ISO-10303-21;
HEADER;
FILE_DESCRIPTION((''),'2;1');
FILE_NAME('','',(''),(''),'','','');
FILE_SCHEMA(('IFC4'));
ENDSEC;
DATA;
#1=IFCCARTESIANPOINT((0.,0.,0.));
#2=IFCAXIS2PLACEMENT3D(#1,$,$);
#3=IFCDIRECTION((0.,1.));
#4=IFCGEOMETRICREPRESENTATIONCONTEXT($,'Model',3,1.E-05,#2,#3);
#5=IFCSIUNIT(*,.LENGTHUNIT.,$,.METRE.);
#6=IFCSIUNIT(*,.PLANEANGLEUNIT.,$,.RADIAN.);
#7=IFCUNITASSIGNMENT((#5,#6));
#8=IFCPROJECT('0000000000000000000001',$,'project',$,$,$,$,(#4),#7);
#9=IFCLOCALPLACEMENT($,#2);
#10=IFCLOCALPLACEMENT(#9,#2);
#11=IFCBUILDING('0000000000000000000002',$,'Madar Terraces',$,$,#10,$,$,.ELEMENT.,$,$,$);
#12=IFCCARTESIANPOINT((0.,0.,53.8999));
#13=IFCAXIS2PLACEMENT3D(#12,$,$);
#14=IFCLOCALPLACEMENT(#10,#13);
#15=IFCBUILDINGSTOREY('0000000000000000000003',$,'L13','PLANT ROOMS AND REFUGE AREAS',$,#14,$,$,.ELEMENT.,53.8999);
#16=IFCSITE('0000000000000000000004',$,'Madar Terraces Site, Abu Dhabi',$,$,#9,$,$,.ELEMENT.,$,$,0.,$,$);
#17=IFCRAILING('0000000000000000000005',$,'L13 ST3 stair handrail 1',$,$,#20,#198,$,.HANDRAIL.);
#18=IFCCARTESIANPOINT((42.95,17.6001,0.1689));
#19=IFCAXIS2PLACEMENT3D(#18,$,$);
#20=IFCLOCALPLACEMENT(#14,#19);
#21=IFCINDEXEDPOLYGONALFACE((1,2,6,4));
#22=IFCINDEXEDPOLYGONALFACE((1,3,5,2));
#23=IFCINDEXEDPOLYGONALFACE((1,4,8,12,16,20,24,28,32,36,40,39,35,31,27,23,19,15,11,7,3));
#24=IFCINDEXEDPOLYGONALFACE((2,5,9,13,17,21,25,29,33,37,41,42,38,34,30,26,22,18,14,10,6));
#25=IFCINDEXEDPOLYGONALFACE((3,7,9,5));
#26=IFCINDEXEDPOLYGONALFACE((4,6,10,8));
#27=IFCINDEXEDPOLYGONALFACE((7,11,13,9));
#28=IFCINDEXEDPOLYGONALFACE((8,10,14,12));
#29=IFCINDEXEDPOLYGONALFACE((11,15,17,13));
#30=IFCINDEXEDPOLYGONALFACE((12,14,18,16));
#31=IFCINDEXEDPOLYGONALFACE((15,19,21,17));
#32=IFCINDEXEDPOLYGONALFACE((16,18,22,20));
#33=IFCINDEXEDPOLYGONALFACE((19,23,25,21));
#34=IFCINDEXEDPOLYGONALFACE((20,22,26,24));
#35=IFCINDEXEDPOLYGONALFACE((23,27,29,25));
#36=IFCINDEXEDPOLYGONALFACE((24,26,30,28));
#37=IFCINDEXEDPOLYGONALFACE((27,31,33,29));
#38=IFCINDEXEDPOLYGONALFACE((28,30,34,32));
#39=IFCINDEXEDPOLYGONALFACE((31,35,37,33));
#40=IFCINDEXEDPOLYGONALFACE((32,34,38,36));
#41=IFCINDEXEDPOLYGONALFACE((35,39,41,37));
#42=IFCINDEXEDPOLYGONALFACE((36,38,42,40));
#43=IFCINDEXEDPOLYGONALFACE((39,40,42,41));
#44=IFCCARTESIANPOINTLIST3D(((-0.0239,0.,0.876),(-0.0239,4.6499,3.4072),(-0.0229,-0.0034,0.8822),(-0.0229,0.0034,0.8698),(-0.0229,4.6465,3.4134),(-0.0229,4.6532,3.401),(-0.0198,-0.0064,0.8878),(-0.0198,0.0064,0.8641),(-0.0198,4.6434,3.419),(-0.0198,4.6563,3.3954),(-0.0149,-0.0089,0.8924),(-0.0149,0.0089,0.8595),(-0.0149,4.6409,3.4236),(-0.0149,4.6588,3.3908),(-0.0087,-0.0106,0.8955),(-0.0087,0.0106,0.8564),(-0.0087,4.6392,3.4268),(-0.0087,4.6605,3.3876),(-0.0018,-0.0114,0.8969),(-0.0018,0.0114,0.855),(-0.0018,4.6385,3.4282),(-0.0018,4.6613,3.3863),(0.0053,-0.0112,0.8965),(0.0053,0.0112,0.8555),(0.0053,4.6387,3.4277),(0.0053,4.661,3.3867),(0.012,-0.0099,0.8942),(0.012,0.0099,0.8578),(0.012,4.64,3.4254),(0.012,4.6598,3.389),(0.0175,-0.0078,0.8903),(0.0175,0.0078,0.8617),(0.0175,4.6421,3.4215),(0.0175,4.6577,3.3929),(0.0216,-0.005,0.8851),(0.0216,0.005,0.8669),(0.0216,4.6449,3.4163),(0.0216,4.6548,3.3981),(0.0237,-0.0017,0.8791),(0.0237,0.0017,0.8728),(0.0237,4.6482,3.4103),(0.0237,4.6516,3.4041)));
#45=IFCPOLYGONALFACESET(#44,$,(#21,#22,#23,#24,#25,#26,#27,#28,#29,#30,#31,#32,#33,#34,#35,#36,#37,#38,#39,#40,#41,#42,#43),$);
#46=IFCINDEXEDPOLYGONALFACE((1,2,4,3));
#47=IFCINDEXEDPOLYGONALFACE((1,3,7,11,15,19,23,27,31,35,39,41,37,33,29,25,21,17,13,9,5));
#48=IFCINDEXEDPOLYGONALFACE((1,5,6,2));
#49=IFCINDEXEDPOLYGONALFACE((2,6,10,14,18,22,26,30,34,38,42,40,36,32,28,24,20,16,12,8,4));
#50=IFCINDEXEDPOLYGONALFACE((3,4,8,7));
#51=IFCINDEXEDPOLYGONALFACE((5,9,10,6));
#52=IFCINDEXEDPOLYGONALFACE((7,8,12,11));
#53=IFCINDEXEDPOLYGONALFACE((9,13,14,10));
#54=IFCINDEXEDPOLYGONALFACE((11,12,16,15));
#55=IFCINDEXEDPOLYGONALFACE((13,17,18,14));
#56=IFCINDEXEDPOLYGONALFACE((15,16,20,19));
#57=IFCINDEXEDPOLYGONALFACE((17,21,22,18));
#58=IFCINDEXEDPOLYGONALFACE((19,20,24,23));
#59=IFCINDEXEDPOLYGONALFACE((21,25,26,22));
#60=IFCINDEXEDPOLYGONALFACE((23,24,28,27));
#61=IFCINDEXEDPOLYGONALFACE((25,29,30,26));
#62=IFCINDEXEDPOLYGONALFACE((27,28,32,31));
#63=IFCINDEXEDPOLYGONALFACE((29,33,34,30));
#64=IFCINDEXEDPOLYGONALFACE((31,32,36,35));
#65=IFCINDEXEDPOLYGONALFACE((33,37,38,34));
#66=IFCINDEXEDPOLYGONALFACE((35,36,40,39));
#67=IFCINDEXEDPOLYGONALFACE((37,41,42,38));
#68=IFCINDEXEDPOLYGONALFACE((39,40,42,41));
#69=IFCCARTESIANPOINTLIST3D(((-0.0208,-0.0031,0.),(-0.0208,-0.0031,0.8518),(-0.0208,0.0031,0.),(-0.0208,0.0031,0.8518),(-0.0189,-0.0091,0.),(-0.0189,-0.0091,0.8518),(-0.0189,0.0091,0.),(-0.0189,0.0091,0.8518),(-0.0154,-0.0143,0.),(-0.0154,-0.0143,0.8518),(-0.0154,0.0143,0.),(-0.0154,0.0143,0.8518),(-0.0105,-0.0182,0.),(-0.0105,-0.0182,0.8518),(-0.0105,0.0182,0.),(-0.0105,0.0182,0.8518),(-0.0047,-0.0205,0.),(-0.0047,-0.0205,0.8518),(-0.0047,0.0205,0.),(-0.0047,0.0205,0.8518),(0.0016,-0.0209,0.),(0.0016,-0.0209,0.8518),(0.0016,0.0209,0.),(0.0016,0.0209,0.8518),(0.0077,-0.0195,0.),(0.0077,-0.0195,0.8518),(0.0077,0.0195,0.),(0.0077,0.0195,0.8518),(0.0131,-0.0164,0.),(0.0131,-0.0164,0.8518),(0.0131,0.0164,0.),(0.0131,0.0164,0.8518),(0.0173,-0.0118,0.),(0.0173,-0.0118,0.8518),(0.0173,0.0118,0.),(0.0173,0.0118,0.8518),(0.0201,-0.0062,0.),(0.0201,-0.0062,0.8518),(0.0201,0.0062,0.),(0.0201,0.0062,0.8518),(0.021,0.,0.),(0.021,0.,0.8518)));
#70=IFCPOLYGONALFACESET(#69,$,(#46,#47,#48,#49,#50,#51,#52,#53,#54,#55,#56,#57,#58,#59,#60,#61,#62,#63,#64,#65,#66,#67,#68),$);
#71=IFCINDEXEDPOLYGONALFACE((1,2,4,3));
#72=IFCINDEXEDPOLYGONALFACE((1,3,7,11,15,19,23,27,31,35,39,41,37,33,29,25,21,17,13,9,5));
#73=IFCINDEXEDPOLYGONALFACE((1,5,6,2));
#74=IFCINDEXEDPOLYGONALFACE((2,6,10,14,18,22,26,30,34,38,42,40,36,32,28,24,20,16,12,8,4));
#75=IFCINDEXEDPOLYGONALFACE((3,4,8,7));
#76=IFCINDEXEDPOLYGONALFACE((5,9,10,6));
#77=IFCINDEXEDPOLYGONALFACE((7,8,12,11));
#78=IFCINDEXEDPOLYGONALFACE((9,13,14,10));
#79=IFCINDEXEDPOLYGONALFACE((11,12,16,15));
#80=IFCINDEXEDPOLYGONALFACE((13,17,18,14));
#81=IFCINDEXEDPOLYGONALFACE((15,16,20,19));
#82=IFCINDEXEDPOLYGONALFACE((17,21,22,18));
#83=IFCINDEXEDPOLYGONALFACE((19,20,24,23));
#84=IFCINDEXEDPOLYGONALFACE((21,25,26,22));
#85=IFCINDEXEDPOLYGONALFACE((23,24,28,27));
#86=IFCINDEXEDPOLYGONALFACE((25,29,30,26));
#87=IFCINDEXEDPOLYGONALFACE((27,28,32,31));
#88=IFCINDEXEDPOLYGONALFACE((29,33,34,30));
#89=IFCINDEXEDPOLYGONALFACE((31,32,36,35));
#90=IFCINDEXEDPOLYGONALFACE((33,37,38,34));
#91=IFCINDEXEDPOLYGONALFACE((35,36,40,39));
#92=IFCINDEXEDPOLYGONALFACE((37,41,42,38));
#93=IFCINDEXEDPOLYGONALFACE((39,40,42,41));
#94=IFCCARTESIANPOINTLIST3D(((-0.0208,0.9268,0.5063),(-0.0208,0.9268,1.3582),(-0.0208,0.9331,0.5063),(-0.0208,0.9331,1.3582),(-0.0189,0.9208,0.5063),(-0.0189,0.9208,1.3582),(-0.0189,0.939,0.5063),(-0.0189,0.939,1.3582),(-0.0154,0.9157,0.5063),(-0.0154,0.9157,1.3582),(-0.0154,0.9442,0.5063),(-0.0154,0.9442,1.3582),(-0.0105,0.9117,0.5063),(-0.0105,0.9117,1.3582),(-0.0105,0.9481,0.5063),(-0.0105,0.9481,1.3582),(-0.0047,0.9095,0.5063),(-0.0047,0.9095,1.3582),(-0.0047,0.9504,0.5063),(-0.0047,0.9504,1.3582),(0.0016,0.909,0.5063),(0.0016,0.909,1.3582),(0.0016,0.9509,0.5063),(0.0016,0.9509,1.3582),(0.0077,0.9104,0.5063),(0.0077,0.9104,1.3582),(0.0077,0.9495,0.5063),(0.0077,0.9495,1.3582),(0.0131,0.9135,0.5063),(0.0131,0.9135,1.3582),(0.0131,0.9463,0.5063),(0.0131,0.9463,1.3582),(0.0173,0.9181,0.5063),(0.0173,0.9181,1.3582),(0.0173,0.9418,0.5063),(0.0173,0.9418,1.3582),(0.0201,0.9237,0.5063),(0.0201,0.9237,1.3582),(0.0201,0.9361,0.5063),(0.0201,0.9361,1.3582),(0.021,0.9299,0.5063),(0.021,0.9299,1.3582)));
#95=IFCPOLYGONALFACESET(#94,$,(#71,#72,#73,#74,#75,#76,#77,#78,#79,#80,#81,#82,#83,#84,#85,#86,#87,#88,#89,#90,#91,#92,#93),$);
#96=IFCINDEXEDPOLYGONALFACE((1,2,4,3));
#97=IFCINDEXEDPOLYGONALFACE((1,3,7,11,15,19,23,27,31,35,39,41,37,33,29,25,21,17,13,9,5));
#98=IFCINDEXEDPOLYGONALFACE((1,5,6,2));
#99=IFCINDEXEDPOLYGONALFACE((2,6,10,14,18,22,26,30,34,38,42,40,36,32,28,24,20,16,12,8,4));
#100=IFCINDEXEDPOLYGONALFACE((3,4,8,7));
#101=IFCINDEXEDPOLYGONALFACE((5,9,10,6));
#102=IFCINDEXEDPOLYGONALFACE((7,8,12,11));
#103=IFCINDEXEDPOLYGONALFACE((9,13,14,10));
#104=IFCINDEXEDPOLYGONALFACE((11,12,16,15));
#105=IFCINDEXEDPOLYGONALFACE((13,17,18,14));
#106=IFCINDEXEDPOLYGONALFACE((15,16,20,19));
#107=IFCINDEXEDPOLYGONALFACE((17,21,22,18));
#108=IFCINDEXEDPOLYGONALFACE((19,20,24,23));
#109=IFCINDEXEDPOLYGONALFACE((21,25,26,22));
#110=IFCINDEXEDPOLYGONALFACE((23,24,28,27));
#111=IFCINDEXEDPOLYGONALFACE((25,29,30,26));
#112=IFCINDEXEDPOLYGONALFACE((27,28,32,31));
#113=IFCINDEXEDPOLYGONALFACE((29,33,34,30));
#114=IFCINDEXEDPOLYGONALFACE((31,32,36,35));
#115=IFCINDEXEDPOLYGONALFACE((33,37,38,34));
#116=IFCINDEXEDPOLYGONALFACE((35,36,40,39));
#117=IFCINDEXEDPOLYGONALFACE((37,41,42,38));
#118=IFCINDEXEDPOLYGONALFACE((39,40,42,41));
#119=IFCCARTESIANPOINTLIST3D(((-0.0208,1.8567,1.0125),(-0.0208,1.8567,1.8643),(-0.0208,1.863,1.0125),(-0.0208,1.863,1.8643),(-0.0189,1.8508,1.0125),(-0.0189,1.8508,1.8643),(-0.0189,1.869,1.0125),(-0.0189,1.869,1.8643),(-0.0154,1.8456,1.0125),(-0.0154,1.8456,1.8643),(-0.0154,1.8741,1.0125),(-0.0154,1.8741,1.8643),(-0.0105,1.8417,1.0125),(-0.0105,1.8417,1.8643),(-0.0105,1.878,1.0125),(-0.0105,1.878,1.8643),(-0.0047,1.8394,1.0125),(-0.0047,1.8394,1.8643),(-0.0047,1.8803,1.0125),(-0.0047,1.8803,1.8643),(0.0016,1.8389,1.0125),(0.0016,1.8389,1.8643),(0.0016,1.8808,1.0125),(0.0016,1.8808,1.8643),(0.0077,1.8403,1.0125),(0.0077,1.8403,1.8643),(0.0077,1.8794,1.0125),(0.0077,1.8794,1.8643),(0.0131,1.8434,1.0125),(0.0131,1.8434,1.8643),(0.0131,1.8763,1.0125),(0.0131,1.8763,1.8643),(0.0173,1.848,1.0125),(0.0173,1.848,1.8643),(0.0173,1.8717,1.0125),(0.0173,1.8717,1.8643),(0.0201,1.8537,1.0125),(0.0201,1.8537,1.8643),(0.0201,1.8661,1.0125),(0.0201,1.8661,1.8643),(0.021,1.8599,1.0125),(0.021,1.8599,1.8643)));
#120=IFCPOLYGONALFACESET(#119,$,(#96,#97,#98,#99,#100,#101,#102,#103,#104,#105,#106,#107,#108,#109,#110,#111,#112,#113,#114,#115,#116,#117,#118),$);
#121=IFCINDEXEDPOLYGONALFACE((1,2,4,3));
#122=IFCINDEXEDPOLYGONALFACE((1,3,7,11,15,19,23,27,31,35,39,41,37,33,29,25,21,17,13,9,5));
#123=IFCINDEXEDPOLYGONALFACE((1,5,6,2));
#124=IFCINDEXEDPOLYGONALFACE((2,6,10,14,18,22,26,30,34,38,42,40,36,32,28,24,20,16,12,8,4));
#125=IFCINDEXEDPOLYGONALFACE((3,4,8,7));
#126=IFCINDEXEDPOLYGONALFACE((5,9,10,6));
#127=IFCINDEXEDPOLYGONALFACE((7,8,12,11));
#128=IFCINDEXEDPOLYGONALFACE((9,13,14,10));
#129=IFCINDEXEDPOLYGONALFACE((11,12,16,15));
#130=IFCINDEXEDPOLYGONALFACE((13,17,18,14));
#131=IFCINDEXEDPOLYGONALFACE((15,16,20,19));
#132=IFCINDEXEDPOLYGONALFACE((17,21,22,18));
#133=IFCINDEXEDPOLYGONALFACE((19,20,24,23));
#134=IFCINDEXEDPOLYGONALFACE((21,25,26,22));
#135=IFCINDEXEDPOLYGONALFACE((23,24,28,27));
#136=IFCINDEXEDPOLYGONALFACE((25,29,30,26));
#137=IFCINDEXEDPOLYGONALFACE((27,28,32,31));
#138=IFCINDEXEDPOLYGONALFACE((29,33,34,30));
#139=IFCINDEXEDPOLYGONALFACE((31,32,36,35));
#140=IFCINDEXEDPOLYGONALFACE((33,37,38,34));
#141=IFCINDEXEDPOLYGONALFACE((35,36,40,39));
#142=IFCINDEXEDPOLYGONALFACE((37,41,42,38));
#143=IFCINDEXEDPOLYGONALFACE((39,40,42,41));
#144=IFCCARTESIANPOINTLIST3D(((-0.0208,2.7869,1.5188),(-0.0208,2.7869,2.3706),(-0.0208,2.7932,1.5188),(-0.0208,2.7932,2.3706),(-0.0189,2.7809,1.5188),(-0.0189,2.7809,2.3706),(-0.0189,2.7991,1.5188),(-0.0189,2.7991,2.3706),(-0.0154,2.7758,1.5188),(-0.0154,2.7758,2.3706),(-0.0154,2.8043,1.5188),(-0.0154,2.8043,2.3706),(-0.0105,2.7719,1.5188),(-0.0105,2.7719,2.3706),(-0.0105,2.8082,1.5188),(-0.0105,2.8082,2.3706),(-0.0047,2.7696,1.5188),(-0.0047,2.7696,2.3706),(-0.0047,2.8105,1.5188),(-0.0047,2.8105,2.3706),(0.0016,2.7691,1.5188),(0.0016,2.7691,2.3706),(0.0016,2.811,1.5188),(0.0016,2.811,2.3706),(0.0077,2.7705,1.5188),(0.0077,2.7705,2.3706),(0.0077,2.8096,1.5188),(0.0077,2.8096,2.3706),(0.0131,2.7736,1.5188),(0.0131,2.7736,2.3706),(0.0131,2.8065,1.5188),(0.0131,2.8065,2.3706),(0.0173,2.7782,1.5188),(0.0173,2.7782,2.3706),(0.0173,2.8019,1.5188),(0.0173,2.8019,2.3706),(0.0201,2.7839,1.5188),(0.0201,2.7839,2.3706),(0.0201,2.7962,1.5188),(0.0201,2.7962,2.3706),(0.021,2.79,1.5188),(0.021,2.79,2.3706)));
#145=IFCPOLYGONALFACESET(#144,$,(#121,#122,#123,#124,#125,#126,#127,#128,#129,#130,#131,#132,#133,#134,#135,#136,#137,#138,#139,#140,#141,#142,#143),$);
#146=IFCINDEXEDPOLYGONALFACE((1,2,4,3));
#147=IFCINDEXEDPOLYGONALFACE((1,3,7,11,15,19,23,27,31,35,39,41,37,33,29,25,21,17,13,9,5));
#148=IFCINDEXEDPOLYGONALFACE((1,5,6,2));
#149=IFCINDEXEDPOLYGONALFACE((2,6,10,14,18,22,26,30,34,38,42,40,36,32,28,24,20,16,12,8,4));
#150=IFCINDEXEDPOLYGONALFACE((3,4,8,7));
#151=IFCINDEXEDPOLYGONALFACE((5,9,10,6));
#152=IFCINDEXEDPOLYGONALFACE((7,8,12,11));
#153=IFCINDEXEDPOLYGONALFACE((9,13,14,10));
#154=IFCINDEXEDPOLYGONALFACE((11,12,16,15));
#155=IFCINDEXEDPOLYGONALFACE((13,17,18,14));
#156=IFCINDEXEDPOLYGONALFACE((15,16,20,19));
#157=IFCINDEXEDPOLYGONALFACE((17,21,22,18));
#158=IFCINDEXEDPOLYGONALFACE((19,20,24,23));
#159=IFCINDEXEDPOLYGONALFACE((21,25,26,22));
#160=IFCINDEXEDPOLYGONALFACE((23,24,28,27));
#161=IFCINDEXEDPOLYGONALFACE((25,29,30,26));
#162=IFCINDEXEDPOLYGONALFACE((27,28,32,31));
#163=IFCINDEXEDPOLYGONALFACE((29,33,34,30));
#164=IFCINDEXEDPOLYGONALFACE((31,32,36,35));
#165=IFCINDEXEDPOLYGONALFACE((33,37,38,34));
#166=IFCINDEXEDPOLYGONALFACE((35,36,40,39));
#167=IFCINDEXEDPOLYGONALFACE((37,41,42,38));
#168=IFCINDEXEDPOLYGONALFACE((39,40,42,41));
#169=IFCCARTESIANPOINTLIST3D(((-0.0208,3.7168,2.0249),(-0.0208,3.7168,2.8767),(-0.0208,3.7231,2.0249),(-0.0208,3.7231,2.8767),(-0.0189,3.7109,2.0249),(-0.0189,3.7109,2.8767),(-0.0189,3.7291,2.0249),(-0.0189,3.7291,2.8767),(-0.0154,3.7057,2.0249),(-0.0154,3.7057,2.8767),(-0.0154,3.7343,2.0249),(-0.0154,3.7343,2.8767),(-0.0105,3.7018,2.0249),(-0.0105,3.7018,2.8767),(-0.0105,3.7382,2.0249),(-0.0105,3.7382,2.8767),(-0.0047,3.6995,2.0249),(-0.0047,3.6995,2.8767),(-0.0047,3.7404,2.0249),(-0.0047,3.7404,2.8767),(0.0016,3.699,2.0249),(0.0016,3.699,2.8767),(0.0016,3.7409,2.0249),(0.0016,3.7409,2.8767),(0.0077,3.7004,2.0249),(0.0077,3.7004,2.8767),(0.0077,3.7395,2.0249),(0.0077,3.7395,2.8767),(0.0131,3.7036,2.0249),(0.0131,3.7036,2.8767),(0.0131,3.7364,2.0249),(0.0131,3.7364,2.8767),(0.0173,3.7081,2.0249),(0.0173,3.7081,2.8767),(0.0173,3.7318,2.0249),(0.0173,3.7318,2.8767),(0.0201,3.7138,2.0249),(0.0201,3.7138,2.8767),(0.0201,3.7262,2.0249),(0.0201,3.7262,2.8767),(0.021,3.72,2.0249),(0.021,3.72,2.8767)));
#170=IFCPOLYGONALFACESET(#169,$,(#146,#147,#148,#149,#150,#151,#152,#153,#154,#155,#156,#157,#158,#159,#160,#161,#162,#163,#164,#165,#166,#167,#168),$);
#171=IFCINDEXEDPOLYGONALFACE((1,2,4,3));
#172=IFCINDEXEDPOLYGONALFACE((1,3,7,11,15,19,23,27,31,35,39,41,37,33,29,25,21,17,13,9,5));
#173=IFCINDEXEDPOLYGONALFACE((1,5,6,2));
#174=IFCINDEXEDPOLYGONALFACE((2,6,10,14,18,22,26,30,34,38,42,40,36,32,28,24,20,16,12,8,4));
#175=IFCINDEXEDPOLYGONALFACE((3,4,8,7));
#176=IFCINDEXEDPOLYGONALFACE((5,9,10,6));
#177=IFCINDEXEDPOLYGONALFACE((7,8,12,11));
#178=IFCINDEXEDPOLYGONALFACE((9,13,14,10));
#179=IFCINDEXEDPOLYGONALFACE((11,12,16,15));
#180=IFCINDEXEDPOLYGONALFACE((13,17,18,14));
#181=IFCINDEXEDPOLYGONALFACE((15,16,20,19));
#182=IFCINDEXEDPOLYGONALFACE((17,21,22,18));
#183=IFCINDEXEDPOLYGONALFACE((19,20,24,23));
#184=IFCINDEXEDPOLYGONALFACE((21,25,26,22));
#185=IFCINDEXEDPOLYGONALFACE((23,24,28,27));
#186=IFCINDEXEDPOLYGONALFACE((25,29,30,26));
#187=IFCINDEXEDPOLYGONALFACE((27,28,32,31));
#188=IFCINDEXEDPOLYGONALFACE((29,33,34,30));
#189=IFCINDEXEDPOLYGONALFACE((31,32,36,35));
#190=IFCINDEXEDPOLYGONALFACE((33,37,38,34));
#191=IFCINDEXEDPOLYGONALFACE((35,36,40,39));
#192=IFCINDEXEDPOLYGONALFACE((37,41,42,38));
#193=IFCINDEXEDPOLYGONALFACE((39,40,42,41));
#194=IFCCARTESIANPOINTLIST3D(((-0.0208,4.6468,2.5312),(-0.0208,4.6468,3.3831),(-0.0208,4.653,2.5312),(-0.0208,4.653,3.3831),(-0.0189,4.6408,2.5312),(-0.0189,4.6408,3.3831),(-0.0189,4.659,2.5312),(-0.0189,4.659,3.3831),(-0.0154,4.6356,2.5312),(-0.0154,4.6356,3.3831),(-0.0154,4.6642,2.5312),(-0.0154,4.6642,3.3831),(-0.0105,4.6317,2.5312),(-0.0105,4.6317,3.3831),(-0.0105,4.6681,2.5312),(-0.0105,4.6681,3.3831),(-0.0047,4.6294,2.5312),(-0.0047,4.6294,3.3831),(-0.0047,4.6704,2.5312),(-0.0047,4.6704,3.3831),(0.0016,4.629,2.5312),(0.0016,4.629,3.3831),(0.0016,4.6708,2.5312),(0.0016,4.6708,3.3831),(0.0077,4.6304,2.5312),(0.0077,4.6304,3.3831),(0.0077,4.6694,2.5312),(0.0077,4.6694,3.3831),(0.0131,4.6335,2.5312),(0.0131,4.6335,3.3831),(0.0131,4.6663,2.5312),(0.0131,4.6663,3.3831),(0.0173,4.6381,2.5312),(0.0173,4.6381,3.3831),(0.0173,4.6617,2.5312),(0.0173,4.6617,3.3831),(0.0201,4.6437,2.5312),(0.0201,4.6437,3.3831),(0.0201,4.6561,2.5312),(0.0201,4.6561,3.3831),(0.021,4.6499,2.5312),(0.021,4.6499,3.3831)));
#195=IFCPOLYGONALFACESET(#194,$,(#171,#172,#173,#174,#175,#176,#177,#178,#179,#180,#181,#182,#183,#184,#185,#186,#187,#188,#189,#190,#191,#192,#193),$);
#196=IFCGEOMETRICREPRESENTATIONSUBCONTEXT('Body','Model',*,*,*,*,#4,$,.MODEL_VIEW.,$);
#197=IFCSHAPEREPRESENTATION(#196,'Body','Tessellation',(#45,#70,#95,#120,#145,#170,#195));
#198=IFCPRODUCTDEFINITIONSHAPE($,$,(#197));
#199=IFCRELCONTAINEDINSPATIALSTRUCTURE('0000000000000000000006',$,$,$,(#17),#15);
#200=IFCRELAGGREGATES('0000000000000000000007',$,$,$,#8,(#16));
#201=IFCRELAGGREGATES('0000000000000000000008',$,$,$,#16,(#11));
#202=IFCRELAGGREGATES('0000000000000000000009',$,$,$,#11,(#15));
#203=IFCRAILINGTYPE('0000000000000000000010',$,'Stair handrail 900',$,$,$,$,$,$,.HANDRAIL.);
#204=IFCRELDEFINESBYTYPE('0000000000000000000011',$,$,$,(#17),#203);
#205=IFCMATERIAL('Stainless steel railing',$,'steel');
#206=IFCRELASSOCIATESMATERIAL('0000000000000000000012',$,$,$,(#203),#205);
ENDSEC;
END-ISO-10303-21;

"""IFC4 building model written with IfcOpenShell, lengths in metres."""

from ifc_helpers import new_model, si_unit, direction, frame, origin, origin_2d, place, context, subcontext, project, spatial, circle, extrude, material, type_object, element, save


model = new_model("IFC4")

# Units and contexts
model_context = context("Model", 3, precision=1e-05, world=origin(), true_north=direction((0.0, 1.0)))
body_context = subcontext(model_context, "Body", "Model", "MODEL_VIEW")
ifc_project = project(units=[si_unit("LENGTHUNIT", "METRE"), si_unit("PLANEANGLEUNIT", "RADIAN")], contexts=[model_context])

# Site, building, storey
site_placement = place(None, origin())
site = spatial("IfcSite", under=ifc_project, at=site_placement, Name="Madar Terraces Site, Abu Dhabi", CompositionType="ELEMENT", RefElevation=0.0)
building_placement = place(site_placement, origin())
building = spatial("IfcBuilding", under=site, at=building_placement, Name="Madar Terraces", CompositionType="ELEMENT")
storey_placement = place(building_placement, frame((0.0, 0.0, 53.8999)))
storey = spatial("IfcBuildingStorey", under=building, at=storey_placement, Name="L13", Description="PLANT ROOMS AND REFUGE AREAS", CompositionType="ELEMENT", Elevation=53.8999)

# Railing
ifc_material_1 = material(Name="Stainless steel railing", Category="steel")
railing_type_1 = type_object("IfcRailingType", Name="Stair handrail 900", PredefinedType="HANDRAIL", material=ifc_material_1)
railing_1_placement = place(storey_placement, frame((42.95, 17.6001, 0.1689)))
element("IfcRailing", 1, at=railing_1_placement, inside=storey, type_object=railing_type_1, Name="L13 ST3 stair handrail 1", PredefinedType="HANDRAIL", context=body_context, shape_type="SweptSolid", body=[
    extrude(circle(Radius=0.0239, at=origin_2d()), frame((0.0, 0.0, 0.876), z_axis=(0.0, 0.878297, 0.478115), x_axis=(-1.0, 0.0, 0.0)), (0.0, 0.0, 1.0), 5.2942),
    extrude(circle(Radius=0.021, at=origin_2d()), origin(), (0.0, 0.0, 1.0), 0.8518),
    extrude(circle(Radius=0.021, at=origin_2d()), frame((0.0, 0.9299, 0.5063)), (0.0, 0.0, 1.0), 0.8518),
    extrude(circle(Radius=0.021, at=origin_2d()), frame((0.0, 1.8599, 1.0125)), (0.0, 0.0, 1.0), 0.8518),
    extrude(circle(Radius=0.021, at=origin_2d()), frame((0.0, 2.79, 1.5188)), (0.0, 0.0, 1.0), 0.8518),
    extrude(circle(Radius=0.021, at=origin_2d()), frame((0.0, 3.72, 2.0249)), (0.0, 0.0, 1.0), 0.8518),
    extrude(circle(Radius=0.021, at=origin_2d()), frame((0.0, 4.6499, 2.5312)), (0.0, 0.0, 1.0), 0.8518),
])

save(model, "model.ifc")
